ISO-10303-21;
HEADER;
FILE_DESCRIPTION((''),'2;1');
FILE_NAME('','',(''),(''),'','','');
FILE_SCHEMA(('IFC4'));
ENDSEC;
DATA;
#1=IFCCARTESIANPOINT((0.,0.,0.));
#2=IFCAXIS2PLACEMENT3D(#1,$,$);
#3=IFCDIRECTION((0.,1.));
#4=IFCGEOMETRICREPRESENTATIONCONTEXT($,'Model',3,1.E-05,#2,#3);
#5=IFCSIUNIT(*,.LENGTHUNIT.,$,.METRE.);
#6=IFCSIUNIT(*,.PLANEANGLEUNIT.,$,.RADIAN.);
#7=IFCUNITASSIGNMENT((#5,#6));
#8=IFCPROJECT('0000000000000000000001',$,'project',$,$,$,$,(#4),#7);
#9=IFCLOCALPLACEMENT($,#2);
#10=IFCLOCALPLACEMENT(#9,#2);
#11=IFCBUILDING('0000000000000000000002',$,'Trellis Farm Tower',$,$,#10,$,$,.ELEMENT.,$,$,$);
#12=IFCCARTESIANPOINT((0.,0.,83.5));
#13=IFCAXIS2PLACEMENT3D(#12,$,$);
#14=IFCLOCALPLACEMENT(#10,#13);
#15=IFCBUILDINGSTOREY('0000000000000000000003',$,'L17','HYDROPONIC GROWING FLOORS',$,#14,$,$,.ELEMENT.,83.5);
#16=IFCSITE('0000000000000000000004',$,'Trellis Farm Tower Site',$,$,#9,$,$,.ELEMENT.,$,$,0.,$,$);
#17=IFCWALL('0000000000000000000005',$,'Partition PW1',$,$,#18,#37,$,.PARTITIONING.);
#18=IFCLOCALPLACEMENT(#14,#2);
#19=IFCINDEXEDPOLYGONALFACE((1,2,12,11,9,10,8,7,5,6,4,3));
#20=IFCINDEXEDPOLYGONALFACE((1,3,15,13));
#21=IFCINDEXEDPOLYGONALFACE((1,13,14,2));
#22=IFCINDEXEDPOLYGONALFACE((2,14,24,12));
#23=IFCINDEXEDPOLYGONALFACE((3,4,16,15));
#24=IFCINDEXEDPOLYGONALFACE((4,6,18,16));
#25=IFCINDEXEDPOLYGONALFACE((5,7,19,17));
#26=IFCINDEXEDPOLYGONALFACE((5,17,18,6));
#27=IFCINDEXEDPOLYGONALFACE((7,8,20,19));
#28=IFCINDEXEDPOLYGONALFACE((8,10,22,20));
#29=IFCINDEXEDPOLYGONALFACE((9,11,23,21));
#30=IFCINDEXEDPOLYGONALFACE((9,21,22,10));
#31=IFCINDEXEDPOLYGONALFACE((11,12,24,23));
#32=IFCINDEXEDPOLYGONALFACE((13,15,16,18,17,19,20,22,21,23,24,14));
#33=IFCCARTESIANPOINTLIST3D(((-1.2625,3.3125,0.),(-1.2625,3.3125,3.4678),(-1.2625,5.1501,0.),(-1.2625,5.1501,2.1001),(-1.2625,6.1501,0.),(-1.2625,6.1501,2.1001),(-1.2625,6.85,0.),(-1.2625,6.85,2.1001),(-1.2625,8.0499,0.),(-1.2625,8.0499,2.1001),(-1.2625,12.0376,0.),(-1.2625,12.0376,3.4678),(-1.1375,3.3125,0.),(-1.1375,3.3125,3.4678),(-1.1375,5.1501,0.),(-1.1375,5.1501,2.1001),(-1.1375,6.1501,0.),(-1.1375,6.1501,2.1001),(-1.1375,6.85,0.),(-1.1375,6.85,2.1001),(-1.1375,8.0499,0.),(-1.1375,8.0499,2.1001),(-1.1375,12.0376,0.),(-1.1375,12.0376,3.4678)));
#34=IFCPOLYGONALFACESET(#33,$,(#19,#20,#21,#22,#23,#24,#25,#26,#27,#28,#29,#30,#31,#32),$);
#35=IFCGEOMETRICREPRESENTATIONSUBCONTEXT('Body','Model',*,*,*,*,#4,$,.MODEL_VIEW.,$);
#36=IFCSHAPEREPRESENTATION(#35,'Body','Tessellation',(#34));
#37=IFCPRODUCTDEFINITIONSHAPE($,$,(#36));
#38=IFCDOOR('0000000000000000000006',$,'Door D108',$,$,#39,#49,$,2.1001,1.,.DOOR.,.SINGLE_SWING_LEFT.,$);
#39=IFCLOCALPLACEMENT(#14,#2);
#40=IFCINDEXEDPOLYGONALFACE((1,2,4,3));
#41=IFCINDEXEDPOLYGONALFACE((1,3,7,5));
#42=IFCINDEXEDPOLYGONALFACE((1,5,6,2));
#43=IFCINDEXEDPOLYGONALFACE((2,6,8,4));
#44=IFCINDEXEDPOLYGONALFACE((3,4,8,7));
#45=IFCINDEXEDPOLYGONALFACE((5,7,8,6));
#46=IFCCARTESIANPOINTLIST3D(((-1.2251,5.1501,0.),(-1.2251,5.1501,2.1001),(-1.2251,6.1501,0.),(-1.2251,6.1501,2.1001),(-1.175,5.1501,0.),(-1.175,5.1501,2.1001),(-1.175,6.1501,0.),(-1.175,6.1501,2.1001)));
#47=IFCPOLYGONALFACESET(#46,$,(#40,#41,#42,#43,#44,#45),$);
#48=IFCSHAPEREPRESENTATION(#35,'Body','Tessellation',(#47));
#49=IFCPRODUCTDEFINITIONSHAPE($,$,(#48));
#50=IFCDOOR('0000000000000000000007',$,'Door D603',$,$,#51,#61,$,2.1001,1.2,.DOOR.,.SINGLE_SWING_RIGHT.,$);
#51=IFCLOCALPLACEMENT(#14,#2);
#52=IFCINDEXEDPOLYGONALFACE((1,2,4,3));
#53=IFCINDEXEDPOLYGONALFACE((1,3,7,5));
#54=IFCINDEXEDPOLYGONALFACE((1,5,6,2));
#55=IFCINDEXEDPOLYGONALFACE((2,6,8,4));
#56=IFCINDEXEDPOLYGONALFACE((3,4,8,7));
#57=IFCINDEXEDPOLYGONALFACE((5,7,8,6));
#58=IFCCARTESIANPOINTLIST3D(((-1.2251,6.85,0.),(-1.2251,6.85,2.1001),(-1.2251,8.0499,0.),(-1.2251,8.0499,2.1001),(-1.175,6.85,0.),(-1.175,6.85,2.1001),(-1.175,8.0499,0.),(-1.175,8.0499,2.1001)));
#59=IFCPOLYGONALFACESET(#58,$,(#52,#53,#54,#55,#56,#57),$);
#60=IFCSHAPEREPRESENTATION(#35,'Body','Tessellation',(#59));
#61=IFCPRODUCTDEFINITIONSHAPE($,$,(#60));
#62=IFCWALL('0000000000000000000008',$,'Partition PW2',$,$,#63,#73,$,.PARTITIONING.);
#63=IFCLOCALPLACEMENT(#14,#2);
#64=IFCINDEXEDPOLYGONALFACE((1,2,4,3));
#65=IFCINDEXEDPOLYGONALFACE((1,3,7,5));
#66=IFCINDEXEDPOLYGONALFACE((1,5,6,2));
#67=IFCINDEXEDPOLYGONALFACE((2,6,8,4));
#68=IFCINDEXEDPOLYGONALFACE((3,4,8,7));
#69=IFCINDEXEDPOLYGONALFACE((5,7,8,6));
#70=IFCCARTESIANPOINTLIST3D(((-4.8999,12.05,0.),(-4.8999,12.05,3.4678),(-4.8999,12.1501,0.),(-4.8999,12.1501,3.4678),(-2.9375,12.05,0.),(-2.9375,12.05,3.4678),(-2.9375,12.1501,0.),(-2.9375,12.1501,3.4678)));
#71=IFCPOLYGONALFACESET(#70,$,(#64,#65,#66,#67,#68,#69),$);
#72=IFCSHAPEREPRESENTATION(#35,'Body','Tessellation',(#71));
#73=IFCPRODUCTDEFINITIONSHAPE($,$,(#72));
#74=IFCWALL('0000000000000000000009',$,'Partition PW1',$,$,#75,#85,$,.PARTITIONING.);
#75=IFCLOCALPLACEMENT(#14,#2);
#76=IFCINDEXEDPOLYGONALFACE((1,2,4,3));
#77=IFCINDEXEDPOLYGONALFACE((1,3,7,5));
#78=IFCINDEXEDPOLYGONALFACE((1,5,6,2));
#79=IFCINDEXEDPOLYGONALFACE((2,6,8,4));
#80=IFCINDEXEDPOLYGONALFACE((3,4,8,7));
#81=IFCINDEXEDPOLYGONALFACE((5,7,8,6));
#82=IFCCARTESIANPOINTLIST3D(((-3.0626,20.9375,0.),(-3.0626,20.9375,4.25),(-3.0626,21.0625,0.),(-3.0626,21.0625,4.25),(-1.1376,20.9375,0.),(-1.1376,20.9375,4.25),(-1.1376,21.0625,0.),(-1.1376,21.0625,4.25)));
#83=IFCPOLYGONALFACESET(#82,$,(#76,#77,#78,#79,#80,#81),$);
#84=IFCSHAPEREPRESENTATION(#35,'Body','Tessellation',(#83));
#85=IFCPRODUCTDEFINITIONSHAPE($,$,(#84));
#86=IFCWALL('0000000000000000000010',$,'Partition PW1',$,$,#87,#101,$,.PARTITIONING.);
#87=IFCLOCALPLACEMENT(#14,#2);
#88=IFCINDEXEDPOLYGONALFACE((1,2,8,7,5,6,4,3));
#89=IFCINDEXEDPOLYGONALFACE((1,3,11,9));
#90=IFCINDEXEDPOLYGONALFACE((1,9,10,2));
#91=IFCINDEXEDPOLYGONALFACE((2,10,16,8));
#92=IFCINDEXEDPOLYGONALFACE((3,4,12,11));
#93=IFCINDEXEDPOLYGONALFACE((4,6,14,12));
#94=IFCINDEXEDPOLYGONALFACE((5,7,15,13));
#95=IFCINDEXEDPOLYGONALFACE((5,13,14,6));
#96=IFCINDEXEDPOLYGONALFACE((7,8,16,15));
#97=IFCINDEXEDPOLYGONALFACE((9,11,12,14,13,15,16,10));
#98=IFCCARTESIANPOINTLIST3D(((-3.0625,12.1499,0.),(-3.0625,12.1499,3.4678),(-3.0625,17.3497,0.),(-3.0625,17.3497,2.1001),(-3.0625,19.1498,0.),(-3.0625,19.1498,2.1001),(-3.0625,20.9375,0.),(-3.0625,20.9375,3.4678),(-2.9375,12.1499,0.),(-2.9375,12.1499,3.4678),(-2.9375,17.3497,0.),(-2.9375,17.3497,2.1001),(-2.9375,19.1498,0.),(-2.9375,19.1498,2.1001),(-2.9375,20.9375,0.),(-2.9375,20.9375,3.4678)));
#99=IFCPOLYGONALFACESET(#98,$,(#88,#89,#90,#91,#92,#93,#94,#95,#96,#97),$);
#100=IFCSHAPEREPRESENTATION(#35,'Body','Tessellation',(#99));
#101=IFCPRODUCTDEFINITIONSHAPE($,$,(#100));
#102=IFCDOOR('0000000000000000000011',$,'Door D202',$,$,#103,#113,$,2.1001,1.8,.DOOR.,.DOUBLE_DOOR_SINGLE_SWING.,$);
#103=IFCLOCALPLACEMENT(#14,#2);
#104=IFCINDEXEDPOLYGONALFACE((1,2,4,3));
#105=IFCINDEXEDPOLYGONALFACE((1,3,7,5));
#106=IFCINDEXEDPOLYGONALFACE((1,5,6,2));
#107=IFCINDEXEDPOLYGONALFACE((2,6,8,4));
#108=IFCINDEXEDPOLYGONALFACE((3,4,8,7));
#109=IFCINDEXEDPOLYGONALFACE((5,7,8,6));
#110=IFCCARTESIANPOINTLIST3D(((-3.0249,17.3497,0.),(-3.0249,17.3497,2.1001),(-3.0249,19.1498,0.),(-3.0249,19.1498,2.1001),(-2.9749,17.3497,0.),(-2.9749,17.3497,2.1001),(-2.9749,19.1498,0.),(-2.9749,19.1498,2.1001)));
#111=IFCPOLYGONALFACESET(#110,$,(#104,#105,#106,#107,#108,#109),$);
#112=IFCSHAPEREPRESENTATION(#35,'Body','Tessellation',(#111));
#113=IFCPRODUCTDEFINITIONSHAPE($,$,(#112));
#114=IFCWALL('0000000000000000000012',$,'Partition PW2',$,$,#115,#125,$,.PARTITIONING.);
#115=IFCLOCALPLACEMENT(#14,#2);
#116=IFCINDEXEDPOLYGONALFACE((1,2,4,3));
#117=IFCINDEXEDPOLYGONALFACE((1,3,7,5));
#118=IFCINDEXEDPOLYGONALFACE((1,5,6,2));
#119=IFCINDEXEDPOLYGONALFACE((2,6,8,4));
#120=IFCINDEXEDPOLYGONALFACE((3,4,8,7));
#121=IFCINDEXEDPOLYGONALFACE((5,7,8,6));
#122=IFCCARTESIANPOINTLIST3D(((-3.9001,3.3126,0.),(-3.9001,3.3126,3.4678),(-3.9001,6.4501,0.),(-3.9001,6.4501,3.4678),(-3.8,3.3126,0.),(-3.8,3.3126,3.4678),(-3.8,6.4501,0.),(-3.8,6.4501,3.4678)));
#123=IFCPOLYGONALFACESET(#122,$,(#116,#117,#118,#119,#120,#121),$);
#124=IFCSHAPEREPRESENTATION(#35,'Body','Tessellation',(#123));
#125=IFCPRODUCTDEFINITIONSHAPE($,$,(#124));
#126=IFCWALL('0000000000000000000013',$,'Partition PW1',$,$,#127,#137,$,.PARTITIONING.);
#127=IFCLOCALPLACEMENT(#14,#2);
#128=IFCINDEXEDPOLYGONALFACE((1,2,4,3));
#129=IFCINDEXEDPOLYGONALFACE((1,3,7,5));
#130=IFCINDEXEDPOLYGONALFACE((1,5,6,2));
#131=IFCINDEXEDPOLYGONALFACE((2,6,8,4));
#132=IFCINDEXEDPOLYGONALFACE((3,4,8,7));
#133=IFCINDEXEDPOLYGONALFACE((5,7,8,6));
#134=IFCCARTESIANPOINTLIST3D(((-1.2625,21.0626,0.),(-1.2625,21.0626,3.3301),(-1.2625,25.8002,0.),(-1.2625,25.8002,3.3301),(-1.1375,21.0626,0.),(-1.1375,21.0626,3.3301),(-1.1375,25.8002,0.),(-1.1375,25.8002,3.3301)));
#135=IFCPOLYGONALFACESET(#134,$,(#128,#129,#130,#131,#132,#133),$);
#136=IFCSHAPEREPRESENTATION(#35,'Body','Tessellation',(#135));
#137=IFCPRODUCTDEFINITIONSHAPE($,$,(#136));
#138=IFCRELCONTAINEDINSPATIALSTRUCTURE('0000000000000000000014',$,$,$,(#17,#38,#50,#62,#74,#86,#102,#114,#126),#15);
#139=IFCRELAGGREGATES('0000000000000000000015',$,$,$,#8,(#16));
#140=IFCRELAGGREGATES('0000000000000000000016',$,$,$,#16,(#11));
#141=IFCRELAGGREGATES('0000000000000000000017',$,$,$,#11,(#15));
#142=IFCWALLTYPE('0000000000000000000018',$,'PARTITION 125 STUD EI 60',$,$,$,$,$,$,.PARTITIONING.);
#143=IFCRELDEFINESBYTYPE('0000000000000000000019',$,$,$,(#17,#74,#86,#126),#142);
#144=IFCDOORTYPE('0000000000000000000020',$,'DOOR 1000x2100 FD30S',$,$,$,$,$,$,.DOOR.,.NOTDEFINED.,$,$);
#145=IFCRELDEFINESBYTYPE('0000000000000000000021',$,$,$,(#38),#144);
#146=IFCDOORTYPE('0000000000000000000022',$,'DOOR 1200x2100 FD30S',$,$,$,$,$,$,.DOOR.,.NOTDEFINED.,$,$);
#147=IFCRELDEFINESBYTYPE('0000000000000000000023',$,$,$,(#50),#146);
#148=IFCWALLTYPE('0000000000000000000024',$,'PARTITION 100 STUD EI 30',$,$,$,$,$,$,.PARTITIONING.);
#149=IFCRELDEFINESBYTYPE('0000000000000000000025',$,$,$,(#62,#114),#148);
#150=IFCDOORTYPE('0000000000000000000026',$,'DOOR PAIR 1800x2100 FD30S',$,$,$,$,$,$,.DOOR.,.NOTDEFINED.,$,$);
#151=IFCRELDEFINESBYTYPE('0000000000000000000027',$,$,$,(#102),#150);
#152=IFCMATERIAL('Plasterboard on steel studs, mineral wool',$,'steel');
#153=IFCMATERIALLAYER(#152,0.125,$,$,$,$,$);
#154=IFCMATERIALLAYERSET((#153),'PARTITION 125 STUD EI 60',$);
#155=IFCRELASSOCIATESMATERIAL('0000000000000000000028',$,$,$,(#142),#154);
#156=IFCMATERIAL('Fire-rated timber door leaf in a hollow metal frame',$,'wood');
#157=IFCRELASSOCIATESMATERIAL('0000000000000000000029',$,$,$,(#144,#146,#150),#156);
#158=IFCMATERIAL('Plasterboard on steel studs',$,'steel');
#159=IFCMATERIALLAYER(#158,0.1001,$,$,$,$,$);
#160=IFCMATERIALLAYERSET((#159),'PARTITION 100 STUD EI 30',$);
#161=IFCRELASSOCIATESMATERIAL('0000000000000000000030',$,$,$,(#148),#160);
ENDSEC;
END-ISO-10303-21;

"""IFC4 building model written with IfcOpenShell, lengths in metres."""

from ifc_helpers import new_model, si_unit, direction, frame, frame_2d, origin, place, context, subcontext, project, spatial, rectangle, extrude, source, transform, mapped, material, layer, layer_set, type_object, element, fill, save


model = new_model("IFC4")

# Units and contexts
model_context = context("Model", 3, precision=1e-05, world=origin(), true_north=direction((0.0, 1.0)))
body_context = subcontext(model_context, "Body", "Model", "MODEL_VIEW")
ifc_project = project(units=[si_unit("LENGTHUNIT", "METRE"), si_unit("PLANEANGLEUNIT", "RADIAN")], contexts=[model_context])

# Site, building, storey
site_placement = place(None, origin())
site = spatial("IfcSite", under=ifc_project, at=site_placement, Name="Trellis Farm Tower Site", CompositionType="ELEMENT", RefElevation=0.0)
building_placement = place(site_placement, origin())
building = spatial("IfcBuilding", under=site, at=building_placement, Name="Trellis Farm Tower", CompositionType="ELEMENT")
storey_placement = place(building_placement, frame((0.0, 0.0, 83.5)))
storey = spatial("IfcBuildingStorey", under=building, at=storey_placement, Name="L17", Description="HYDROPONIC GROWING FLOORS", CompositionType="ELEMENT", Elevation=83.5)

# Shared definitions
shared_shape_1 = source(origin(), body_context, "Body", "SweptSolid", [
    extrude(rectangle(XDim=1.2, YDim=2.1001, at=frame_2d((0.6001, 1.05))), frame((0.0, 0.0249, 0.0), z_axis=(0.0, -1.0, 0.0), x_axis=(1.0, 0.0, 0.0)), (0.0, 0.0, 1.0), 0.05),
])

# Shared definitions
ifc_material_1 = material(Name="Plasterboard on steel studs, mineral wool", Category="steel")
ifc_layer_1 = layer(ifc_material_1, 0.125)
ifc_layer_set_1 = layer_set([ifc_layer_1], Name="PARTITION 125 STUD EI 60")
wall_type_1 = type_object("IfcWallType", Name="PARTITION 125 STUD EI 60", PredefinedType="PARTITIONING", material=ifc_layer_set_1)

# Wall, openings, doors
shared_shape_2 = source(origin(), body_context, "Body", "SweptSolid", [
    extrude(rectangle(XDim=8.7251, YDim=0.125, at=frame_2d((4.3625, 0.0))), origin(), (0.0, 0.0, 1.0), 3.4678),
])
wall_1_placement = place(storey_placement, frame((-1.2, 12.0376, 0.0), z_axis=(0.0, 0.0, 1.0), x_axis=(0.0, -1.0, 0.0)))
wall_1 = element("IfcWall", 1, at=wall_1_placement, inside=storey, type_object=wall_type_1, Name="Partition PW1", PredefinedType="PARTITIONING", context=body_context, shape_type="MappedRepresentation", body=[
    mapped(shared_shape_2, transform((0.0, 0.0, 0.0))),
])
shared_shape_3 = source(origin(), body_context, "Body", "SweptSolid", [
    extrude(rectangle(XDim=1.0, YDim=2.1001, at=frame_2d((0.5, 1.05))), frame((0.0, 0.0725, 0.0), z_axis=(0.0, -1.0, 0.0), x_axis=(1.0, 0.0, 0.0)), (0.0, 0.0, 1.0), 0.145),
])
opening_1_placement = place(wall_1_placement, frame((5.8875, 0.0, 0.0)))
opening_1 = element("IfcOpeningElement", 2, at=opening_1_placement, cuts=wall_1, PredefinedType="OPENING", context=body_context, shape_type="MappedRepresentation", body=[
    mapped(shared_shape_3, transform((0.0, 0.0, 0.0))),
])
shared_shape_4 = source(origin(), body_context, "Body", "SweptSolid", [
    extrude(rectangle(XDim=1.2, YDim=2.1001, at=frame_2d((0.6001, 1.05))), frame((0.0, 0.0725, 0.0), z_axis=(0.0, -1.0, 0.0), x_axis=(1.0, 0.0, 0.0)), (0.0, 0.0, 1.0), 0.145),
])
opening_2_placement = place(wall_1_placement, frame((3.9875, 0.0, 0.0)))
opening_2 = element("IfcOpeningElement", 3, at=opening_2_placement, cuts=wall_1, PredefinedType="OPENING", context=body_context, shape_type="MappedRepresentation", body=[
    mapped(shared_shape_4, transform((0.0, 0.0, 0.0))),
])
ifc_material_2 = material(Name="Fire-rated timber door leaf in a hollow metal frame", Category="wood")
door_type_1 = type_object("IfcDoorType", Name="DOOR 1000x2100 FD30S", OperationType="NOTDEFINED", PredefinedType="DOOR", material=ifc_material_2)
shared_shape_5 = source(origin(), body_context, "Body", "SweptSolid", [
    extrude(rectangle(XDim=1.0, YDim=2.1001, at=frame_2d((0.5, 1.05))), frame((0.0, 0.0249, 0.0), z_axis=(0.0, -1.0, 0.0), x_axis=(1.0, 0.0, 0.0)), (0.0, 0.0, 1.0), 0.05),
])
door_1_placement = place(opening_1_placement, origin())
door_1 = element("IfcDoor", 4, at=door_1_placement, inside=storey, type_object=door_type_1, Name="Door D108", OperationType="SINGLE_SWING_LEFT", OverallHeight=2.1001, OverallWidth=1.0, PredefinedType="DOOR", context=body_context, shape_type="MappedRepresentation", body=[
    mapped(shared_shape_5, transform((0.0, 0.0, 0.0))),
])
fill(opening_1, door_1)
door_type_2 = type_object("IfcDoorType", Name="DOOR 1200x2100 FD30S", OperationType="NOTDEFINED", PredefinedType="DOOR", material=ifc_material_2)
door_2_placement = place(opening_2_placement, origin())
door_2 = element("IfcDoor", 5, at=door_2_placement, inside=storey, type_object=door_type_2, Name="Door D603", OperationType="SINGLE_SWING_RIGHT", OverallHeight=2.1001, OverallWidth=1.2, PredefinedType="DOOR", context=body_context, shape_type="MappedRepresentation", body=[
    mapped(shared_shape_1, transform((0.0, 0.0, 0.0))),
])
fill(opening_2, door_2)

# Walls
ifc_material_3 = material(Name="Plasterboard on steel studs", Category="steel")
ifc_layer_2 = layer(ifc_material_3, 0.1001)
ifc_layer_set_2 = layer_set([ifc_layer_2], Name="PARTITION 100 STUD EI 30")
wall_type_2 = type_object("IfcWallType", Name="PARTITION 100 STUD EI 30", PredefinedType="PARTITIONING", material=ifc_layer_set_2)
shared_shape_6 = source(origin(), body_context, "Body", "SweptSolid", [
    extrude(rectangle(XDim=1.9624, YDim=0.1001, at=frame_2d((0.9812, 0.0))), origin(), (0.0, 0.0, 1.0), 3.4678),
])
wall_2_placement = place(storey_placement, frame((-4.8999, 12.1001, 0.0), z_axis=(0.0, 0.0, 1.0), x_axis=(1.0, 0.0, 0.0)))
element("IfcWall", 6, at=wall_2_placement, inside=storey, type_object=wall_type_2, Name="Partition PW2", PredefinedType="PARTITIONING", context=body_context, shape_type="MappedRepresentation", body=[
    mapped(shared_shape_6, transform((0.0, 0.0, 0.0))),
])
shared_shape_7 = source(origin(), body_context, "Body", "SweptSolid", [
    extrude(rectangle(XDim=1.925, YDim=0.125, at=frame_2d((0.9624, 0.0))), origin(), (0.0, 0.0, 1.0), 4.25),
])
wall_3_placement = place(storey_placement, frame((-3.0625, 21.0, 0.0), z_axis=(0.0, 0.0, 1.0), x_axis=(1.0, 0.0, 0.0)))
element("IfcWall", 7, at=wall_3_placement, inside=storey, type_object=wall_type_1, Name="Partition PW1", PredefinedType="PARTITIONING", context=body_context, shape_type="MappedRepresentation", body=[
    mapped(shared_shape_7, transform((0.0, 0.0, 0.0))),
])

# Wall, opening, door
shared_shape_8 = source(origin(), body_context, "Body", "SweptSolid", [
    extrude(rectangle(XDim=8.7876, YDim=0.125, at=frame_2d((4.3938, 0.0))), origin(), (0.0, 0.0, 1.0), 3.4678),
])
wall_4_placement = place(storey_placement, frame((-3.0, 12.1499, 0.0), z_axis=(0.0, 0.0, 1.0), x_axis=(0.0, 1.0, 0.0)))
wall_4 = element("IfcWall", 8, at=wall_4_placement, inside=storey, type_object=wall_type_1, Name="Partition PW1", PredefinedType="PARTITIONING", context=body_context, shape_type="MappedRepresentation", body=[
    mapped(shared_shape_8, transform((0.0, 0.0, 0.0))),
])
shared_shape_9 = source(origin(), body_context, "Body", "SweptSolid", [
    extrude(rectangle(XDim=1.8, YDim=2.1001, at=frame_2d((0.8999, 1.05))), frame((0.0, 0.0725, 0.0), z_axis=(0.0, -1.0, 0.0), x_axis=(1.0, 0.0, 0.0)), (0.0, 0.0, 1.0), 0.145),
])
opening_3_placement = place(wall_4_placement, frame((5.2, 0.0, 0.0)))
opening_3 = element("IfcOpeningElement", 9, at=opening_3_placement, cuts=wall_4, PredefinedType="OPENING", context=body_context, shape_type="MappedRepresentation", body=[
    mapped(shared_shape_9, transform((0.0, 0.0, 0.0))),
])
door_type_3 = type_object("IfcDoorType", Name="DOOR PAIR 1800x2100 FD30S", OperationType="NOTDEFINED", PredefinedType="DOOR", material=ifc_material_2)
shared_shape_10 = source(origin(), body_context, "Body", "SweptSolid", [
    extrude(rectangle(XDim=1.8, YDim=2.1001, at=frame_2d((0.8999, 1.05))), frame((0.0, 0.0249, 0.0), z_axis=(0.0, -1.0, 0.0), x_axis=(1.0, 0.0, 0.0)), (0.0, 0.0, 1.0), 0.05),
])
door_3_placement = place(opening_3_placement, origin())
door_3 = element("IfcDoor", 10, at=door_3_placement, inside=storey, type_object=door_type_3, Name="Door D202", OperationType="DOUBLE_DOOR_SINGLE_SWING", OverallHeight=2.1001, OverallWidth=1.8, PredefinedType="DOOR", context=body_context, shape_type="MappedRepresentation", body=[
    mapped(shared_shape_10, transform((0.0, 0.0, 0.0))),
])
fill(opening_3, door_3)

# Walls
shared_shape_11 = source(origin(), body_context, "Body", "SweptSolid", [
    extrude(rectangle(XDim=3.1375, YDim=0.1001, at=frame_2d((1.5688, 0.0))), origin(), (0.0, 0.0, 1.0), 3.4678),
])
wall_5_placement = place(storey_placement, frame((-3.8501, 3.3125, 0.0), z_axis=(0.0, 0.0, 1.0), x_axis=(0.0, 1.0, 0.0)))
element("IfcWall", 11, at=wall_5_placement, inside=storey, type_object=wall_type_2, Name="Partition PW2", PredefinedType="PARTITIONING", context=body_context, shape_type="MappedRepresentation", body=[
    mapped(shared_shape_11, transform((0.0, 0.0, 0.0))),
])
shared_shape_12 = source(origin(), body_context, "Body", "SweptSolid", [
    extrude(rectangle(XDim=4.7375, YDim=0.125, at=frame_2d((2.3687, 0.0))), origin(), (0.0, 0.0, 1.0), 3.3301),
])
wall_6_placement = place(storey_placement, frame((-1.2, 25.8, 0.0), z_axis=(0.0, 0.0, 1.0), x_axis=(0.0, -1.0, 0.0)))
element("IfcWall", 12, at=wall_6_placement, inside=storey, type_object=wall_type_1, Name="Partition PW1", PredefinedType="PARTITIONING", context=body_context, shape_type="MappedRepresentation", body=[
    mapped(shared_shape_12, transform((0.0, 0.0, 0.0))),
])

save(model, "model.ifc")
